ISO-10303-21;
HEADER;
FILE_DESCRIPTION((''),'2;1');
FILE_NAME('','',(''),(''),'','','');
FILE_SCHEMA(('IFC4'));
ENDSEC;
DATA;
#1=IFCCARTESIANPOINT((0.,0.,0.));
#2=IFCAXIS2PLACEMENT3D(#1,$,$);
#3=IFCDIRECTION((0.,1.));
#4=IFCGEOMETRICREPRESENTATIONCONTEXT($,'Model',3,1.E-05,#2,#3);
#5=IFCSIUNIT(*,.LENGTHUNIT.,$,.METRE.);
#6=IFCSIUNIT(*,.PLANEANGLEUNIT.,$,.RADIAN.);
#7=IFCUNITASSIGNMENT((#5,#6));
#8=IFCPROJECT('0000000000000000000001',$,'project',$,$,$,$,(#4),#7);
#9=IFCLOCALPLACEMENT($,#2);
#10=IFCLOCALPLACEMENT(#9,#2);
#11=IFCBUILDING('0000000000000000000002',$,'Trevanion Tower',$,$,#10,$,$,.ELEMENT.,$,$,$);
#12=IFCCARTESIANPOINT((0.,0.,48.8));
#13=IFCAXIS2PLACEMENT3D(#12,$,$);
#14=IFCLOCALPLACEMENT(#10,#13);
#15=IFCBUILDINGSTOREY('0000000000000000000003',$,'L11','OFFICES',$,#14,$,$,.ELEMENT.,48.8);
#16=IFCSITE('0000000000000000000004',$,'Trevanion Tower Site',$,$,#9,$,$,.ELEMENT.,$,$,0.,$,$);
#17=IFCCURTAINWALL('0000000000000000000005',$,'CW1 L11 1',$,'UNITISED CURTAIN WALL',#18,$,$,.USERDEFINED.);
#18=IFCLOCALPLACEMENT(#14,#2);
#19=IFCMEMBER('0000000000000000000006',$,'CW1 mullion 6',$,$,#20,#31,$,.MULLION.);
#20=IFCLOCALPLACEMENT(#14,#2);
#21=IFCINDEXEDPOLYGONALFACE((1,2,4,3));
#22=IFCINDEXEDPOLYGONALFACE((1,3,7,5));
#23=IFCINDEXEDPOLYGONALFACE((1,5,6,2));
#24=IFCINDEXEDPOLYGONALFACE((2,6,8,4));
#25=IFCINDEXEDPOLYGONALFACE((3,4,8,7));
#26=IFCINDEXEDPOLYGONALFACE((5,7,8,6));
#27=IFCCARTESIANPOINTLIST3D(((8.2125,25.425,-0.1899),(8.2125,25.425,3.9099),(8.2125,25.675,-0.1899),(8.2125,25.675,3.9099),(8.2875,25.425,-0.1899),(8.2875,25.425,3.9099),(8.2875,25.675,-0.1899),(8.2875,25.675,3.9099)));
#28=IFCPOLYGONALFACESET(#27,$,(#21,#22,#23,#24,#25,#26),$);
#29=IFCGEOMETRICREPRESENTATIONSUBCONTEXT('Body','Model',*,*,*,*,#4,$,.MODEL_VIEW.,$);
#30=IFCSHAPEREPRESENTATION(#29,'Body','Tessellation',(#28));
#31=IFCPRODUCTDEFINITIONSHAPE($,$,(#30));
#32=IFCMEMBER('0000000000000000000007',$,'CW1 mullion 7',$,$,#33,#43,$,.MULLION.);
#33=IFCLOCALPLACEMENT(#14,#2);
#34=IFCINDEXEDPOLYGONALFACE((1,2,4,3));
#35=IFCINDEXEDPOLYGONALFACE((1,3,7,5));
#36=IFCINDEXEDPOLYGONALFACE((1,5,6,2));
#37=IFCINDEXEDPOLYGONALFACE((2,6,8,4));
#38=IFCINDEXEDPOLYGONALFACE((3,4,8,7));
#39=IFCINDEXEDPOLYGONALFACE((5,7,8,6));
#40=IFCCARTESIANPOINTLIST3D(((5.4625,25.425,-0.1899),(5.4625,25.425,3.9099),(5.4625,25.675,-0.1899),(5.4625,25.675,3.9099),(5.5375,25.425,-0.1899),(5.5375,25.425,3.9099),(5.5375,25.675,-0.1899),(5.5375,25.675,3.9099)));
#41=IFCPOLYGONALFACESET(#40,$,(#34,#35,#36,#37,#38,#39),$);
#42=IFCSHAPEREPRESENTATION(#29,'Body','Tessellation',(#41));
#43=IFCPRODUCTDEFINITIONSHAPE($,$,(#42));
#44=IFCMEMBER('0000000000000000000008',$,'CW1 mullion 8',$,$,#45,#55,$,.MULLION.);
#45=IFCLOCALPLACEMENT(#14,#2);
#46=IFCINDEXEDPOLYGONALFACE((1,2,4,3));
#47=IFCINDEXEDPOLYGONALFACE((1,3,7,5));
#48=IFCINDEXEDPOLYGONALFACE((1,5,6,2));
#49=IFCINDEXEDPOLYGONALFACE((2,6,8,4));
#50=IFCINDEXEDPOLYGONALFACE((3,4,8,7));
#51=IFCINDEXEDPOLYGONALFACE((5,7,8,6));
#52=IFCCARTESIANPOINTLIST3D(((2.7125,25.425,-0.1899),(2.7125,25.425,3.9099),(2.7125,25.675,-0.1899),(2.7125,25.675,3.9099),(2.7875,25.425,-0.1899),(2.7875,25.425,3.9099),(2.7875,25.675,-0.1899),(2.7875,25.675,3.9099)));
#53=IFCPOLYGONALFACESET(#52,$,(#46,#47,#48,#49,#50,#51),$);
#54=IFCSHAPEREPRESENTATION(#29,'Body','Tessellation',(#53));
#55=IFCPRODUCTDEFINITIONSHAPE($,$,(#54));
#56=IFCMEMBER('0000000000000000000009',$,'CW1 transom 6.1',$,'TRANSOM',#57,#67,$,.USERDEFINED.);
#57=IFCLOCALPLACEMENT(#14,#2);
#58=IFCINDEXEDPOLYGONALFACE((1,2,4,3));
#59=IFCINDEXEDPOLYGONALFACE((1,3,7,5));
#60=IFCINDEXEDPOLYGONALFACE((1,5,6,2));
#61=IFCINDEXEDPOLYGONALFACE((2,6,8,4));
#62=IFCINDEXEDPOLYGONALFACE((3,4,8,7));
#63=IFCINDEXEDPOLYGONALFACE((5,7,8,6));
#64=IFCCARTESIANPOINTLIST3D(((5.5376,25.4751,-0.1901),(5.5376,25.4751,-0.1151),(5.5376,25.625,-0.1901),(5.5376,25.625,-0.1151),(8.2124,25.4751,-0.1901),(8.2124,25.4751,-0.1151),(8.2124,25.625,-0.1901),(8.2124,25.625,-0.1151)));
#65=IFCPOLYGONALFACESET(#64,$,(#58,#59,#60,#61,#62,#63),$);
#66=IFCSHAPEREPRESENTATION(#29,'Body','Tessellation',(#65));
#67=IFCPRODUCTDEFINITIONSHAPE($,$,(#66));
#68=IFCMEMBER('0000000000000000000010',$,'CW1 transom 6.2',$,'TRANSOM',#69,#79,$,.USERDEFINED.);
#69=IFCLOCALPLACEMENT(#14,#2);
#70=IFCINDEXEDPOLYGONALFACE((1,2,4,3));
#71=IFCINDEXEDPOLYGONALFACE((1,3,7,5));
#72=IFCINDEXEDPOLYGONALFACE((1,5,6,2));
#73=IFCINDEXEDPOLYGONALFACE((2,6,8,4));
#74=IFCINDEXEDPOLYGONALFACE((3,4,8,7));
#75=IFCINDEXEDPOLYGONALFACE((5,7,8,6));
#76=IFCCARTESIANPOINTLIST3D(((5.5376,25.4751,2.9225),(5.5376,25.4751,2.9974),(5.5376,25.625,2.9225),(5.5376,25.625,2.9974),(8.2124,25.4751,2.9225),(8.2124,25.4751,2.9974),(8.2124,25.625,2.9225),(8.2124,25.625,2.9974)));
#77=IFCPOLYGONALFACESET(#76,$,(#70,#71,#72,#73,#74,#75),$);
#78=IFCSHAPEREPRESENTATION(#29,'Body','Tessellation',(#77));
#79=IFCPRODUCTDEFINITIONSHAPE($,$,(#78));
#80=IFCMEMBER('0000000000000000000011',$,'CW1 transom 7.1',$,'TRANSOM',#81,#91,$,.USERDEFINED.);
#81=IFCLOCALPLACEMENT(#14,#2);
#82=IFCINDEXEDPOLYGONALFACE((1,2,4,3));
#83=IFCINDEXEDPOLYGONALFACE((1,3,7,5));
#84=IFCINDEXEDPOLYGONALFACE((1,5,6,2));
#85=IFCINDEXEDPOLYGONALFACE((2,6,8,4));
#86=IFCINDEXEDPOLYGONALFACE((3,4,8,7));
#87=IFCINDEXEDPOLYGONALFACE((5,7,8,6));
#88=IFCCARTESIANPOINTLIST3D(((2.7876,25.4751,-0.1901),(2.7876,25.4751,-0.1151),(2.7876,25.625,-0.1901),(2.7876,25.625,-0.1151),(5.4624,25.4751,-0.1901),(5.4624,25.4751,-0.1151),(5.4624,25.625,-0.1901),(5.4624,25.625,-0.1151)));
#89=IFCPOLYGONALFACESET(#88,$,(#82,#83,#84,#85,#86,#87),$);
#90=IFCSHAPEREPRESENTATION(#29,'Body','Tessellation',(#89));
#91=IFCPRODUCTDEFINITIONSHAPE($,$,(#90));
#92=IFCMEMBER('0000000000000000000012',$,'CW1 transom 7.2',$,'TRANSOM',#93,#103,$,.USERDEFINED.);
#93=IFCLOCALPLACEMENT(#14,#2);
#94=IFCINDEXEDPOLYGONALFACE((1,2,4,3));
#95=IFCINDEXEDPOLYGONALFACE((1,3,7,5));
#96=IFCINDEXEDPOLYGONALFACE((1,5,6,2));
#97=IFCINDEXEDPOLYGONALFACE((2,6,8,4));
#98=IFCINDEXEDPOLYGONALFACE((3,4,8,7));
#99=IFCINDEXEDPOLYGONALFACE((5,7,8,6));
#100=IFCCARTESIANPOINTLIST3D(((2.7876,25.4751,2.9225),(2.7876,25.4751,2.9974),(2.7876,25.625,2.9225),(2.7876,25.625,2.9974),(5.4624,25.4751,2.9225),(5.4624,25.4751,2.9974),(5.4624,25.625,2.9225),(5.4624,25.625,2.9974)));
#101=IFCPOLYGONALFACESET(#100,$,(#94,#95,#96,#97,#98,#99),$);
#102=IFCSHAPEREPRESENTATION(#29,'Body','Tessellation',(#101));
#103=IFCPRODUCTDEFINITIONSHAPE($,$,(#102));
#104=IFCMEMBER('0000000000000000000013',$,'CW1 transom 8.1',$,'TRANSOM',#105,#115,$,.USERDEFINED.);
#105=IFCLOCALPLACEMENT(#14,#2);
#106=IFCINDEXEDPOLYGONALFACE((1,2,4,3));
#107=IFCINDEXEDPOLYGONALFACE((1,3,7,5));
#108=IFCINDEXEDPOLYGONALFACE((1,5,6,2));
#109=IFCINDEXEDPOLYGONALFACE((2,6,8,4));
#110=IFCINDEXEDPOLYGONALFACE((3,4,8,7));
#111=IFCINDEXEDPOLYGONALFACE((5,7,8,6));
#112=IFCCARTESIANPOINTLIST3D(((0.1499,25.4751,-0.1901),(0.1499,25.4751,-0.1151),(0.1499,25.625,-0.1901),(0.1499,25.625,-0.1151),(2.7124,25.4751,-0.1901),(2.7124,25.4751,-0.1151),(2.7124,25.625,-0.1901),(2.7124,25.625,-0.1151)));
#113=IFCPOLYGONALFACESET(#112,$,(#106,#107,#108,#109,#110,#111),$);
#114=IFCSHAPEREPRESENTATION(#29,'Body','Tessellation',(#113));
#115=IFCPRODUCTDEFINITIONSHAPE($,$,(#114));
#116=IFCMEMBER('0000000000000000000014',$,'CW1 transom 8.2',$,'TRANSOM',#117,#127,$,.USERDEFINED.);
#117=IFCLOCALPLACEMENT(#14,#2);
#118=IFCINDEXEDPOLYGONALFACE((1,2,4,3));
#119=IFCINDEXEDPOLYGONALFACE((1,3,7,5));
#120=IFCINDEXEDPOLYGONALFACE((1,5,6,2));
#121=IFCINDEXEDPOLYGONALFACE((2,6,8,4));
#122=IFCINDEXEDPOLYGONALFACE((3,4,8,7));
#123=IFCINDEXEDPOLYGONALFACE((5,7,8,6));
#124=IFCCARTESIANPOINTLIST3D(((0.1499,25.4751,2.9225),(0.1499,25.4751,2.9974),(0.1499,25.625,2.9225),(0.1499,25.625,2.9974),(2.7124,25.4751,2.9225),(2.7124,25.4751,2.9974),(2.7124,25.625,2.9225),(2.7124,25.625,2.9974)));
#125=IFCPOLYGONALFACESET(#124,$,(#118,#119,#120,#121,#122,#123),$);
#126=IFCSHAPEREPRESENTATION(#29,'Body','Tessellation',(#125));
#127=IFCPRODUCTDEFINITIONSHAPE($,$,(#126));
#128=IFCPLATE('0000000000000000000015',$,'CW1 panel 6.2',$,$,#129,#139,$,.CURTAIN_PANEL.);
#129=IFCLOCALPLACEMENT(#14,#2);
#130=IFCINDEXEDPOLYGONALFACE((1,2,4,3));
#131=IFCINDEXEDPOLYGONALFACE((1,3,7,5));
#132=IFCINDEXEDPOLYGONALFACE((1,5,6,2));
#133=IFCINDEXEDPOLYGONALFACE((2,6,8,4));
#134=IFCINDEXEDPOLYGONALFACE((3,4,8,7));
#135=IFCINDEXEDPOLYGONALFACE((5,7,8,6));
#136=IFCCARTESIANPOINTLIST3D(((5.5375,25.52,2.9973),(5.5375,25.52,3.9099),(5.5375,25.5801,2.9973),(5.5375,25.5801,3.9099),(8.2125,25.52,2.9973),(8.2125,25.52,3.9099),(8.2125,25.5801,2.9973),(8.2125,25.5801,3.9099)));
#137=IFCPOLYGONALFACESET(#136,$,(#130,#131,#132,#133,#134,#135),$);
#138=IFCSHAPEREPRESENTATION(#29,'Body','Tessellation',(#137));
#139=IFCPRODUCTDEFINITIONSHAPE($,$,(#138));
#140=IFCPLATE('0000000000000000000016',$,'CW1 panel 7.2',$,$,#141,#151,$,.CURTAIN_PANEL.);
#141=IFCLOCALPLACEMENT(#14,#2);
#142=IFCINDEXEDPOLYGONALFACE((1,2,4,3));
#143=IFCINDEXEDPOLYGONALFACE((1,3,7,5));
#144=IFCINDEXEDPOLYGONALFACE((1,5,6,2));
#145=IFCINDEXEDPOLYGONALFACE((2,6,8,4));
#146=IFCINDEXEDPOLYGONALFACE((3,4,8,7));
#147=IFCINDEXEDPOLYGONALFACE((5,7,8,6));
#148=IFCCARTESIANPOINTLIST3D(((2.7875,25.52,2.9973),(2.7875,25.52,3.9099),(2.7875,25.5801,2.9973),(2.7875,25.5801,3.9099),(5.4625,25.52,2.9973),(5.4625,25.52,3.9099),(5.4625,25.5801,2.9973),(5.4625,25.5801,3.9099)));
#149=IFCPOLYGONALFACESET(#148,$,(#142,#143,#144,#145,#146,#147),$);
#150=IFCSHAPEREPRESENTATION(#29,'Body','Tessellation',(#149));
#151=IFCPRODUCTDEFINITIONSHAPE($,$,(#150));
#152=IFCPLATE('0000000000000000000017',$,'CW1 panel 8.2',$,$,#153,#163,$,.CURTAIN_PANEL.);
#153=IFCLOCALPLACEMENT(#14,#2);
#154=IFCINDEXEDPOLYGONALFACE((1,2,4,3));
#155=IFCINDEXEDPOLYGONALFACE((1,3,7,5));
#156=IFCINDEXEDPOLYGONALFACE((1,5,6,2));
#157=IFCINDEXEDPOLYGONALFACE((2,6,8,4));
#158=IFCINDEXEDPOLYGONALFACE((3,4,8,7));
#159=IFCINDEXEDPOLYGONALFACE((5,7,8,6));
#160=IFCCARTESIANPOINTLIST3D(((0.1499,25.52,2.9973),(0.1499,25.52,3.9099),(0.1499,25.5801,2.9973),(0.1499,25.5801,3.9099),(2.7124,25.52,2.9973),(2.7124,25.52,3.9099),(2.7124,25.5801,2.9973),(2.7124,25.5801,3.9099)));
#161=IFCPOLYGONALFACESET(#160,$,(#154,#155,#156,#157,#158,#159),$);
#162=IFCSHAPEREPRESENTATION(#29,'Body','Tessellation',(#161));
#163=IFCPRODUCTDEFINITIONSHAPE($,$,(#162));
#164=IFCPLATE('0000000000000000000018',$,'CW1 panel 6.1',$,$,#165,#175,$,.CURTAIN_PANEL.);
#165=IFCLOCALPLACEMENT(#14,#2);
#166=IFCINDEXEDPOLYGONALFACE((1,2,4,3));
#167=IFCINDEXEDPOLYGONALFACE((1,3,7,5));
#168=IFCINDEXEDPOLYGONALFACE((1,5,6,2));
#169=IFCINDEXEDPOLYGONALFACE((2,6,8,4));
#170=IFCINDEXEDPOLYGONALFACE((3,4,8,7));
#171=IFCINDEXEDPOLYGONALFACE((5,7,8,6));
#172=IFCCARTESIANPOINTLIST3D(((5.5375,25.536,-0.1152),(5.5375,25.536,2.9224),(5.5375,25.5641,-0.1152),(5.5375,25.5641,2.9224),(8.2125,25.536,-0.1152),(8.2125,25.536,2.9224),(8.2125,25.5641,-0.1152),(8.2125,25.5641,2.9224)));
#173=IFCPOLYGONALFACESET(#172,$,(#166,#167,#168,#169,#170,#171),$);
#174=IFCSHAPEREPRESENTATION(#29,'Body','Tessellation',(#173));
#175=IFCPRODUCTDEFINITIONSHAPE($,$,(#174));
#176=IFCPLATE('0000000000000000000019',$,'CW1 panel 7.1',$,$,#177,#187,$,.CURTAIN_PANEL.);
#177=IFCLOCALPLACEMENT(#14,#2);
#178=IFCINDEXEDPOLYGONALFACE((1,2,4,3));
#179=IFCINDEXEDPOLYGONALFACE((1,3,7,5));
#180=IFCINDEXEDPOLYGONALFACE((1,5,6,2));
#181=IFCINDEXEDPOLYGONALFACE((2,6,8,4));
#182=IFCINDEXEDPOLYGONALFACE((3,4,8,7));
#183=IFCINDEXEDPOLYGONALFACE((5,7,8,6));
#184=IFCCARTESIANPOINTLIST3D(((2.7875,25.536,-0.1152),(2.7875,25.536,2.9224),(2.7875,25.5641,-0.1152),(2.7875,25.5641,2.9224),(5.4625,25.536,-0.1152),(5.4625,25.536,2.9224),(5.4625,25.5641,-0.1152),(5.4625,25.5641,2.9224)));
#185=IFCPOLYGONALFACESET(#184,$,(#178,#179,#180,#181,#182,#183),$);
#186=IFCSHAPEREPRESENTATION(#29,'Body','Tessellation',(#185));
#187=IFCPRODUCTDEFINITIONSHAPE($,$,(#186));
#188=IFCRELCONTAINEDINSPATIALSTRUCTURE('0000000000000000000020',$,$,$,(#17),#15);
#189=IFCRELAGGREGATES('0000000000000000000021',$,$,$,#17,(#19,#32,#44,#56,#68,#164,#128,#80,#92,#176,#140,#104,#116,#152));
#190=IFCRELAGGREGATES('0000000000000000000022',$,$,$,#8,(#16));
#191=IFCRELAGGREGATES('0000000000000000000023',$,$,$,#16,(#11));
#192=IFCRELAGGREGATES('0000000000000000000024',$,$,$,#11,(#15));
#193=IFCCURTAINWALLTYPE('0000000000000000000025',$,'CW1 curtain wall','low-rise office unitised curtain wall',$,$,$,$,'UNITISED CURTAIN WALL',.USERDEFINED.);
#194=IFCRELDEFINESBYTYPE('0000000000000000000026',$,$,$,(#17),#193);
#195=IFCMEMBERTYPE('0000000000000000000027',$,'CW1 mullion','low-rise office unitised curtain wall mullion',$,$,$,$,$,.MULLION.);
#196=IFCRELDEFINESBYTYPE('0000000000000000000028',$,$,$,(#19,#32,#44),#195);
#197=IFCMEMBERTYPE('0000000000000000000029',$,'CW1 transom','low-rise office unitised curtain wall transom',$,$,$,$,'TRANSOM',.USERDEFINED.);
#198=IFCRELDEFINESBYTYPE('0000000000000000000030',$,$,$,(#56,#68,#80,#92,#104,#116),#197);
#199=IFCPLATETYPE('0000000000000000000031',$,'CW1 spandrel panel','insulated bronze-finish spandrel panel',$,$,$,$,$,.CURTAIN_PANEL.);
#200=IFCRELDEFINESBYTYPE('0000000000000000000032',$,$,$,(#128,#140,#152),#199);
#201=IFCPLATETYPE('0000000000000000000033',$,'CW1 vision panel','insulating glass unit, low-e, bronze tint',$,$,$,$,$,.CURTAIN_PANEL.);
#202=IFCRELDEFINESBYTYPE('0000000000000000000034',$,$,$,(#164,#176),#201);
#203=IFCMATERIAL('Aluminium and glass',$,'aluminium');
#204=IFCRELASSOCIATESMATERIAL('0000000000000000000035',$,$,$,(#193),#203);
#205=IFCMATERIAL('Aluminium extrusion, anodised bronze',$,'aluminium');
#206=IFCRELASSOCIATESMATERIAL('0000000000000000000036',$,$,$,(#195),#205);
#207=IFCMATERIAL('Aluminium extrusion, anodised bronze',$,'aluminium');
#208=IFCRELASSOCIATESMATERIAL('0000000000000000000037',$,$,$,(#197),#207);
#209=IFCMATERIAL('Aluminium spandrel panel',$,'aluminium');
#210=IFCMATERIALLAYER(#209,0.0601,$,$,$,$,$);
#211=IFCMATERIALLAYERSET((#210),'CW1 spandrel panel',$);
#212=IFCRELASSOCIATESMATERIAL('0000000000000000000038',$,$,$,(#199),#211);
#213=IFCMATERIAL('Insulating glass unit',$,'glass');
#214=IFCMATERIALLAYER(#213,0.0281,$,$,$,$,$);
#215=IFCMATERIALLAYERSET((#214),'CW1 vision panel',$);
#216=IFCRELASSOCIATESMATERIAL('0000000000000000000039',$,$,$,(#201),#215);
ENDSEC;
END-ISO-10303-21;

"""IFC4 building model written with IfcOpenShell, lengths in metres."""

from ifc_helpers import new_model, si_unit, direction, frame, origin, origin_2d, place, context, subcontext, project, spatial, rectangle, extrude, material, layer, layer_set, material_profile, profile_set, type_object, element, aggregate, save


model = new_model("IFC4")

# Units and contexts
model_context = context("Model", 3, precision=1e-05, world=origin(), true_north=direction((0.0, 1.0)))
body_context = subcontext(model_context, "Body", "Model", "MODEL_VIEW")
ifc_project = project(units=[si_unit("LENGTHUNIT", "METRE"), si_unit("PLANEANGLEUNIT", "RADIAN")], contexts=[model_context])

# Site, building, storey
site_placement = place(None, origin())
site = spatial("IfcSite", under=ifc_project, at=site_placement, Name="Trevanion Tower Site", CompositionType="ELEMENT", RefElevation=0.0)
building_placement = place(site_placement, origin())
building = spatial("IfcBuilding", under=site, at=building_placement, Name="Trevanion Tower", CompositionType="ELEMENT")
storey_placement = place(building_placement, frame((0.0, 0.0, 48.8)))
storey = spatial("IfcBuildingStorey", under=building, at=storey_placement, Name="L11", Description="OFFICES", CompositionType="ELEMENT", Elevation=48.8)

# Curtain wall, members, plates
ifc_material_1 = material(Name="Aluminium and glass", Category="aluminium")
curtain_wall_type = type_object("IfcCurtainWallType", Name="CW1 curtain wall", Description="low-rise office unitised curtain wall", ElementType="UNITISED CURTAIN WALL", PredefinedType="USERDEFINED", material=ifc_material_1)
curtain_wall_placement = place(storey_placement, origin())
curtain_wall = element("IfcCurtainWall", 1, at=curtain_wall_placement, inside=storey, type_object=curtain_wall_type, Name="CW1 L11 1", ObjectType="UNITISED CURTAIN WALL", PredefinedType="USERDEFINED")
ifc_material_2 = material(Name="Aluminium extrusion, anodised bronze", Category="aluminium")
ifc_material_profile_1 = material_profile(ifc_material_2, rectangle(XDim=0.075, YDim=0.25, at=origin_2d()), Name="CW1 mullion")
ifc_profile_set_1 = profile_set([ifc_material_profile_1], Name="Aluminium extrusion, anodised bronze")
member_type_1 = type_object("IfcMemberType", Name="CW1 mullion", Description="low-rise office unitised curtain wall mullion", PredefinedType="MULLION", material=ifc_profile_set_1)
member_1_placement = place(storey_placement, frame((8.25, 25.55, -0.1899), z_axis=(0.0, 0.0, 1.0), x_axis=(-1.0, 0.0, 0.0)))
member_1 = element("IfcMember", 2, at=member_1_placement, type_object=member_type_1, Name="CW1 mullion 6", PredefinedType="MULLION", context=body_context, shape_type="SweptSolid", body=[
    extrude(rectangle(XDim=0.075, YDim=0.25, at=origin_2d()), origin(), (0.0, 0.0, 1.0), 4.0999),
])
member_2_placement = place(storey_placement, frame((5.5, 25.55, -0.1899), z_axis=(0.0, 0.0, 1.0), x_axis=(-1.0, 0.0, 0.0)))
member_2 = element("IfcMember", 3, at=member_2_placement, type_object=member_type_1, Name="CW1 mullion 7", PredefinedType="MULLION", context=body_context, shape_type="SweptSolid", body=[
    extrude(rectangle(XDim=0.075, YDim=0.25, at=origin_2d()), origin(), (0.0, 0.0, 1.0), 4.0999),
])
member_3_placement = place(storey_placement, frame((2.75, 25.55, -0.1899), z_axis=(0.0, 0.0, 1.0), x_axis=(-1.0, 0.0, 0.0)))
member_3 = element("IfcMember", 4, at=member_3_placement, type_object=member_type_1, Name="CW1 mullion 8", PredefinedType="MULLION", context=body_context, shape_type="SweptSolid", body=[
    extrude(rectangle(XDim=0.075, YDim=0.25, at=origin_2d()), origin(), (0.0, 0.0, 1.0), 4.0999),
])
ifc_material_3 = material(Name="Aluminium extrusion, anodised bronze", Category="aluminium")
ifc_material_profile_2 = material_profile(ifc_material_3, rectangle(XDim=0.1499, YDim=0.075, at=origin_2d()), Name="CW1 transom")
ifc_profile_set_2 = profile_set([ifc_material_profile_2], Name="Aluminium extrusion, anodised bronze")
member_type_2 = type_object("IfcMemberType", Name="CW1 transom", Description="low-rise office unitised curtain wall transom", ElementType="TRANSOM", PredefinedType="USERDEFINED", material=ifc_profile_set_2)
member_4_placement = place(storey_placement, frame((8.2124, 25.55, -0.1526), z_axis=(-1.0, 0.0, 0.0), x_axis=(0.0, -1.0, 0.0)))
member_4 = element("IfcMember", 5, at=member_4_placement, type_object=member_type_2, Name="CW1 transom 6.1", ObjectType="TRANSOM", PredefinedType="USERDEFINED", context=body_context, shape_type="SweptSolid", body=[
    extrude(rectangle(XDim=0.1499, YDim=0.075, at=origin_2d()), origin(), (0.0, 0.0, 1.0), 2.6748),
])
member_5_placement = place(storey_placement, frame((8.2124, 25.55, 2.96), z_axis=(-1.0, 0.0, 0.0), x_axis=(0.0, -1.0, 0.0)))
member_5 = element("IfcMember", 6, at=member_5_placement, type_object=member_type_2, Name="CW1 transom 6.2", ObjectType="TRANSOM", PredefinedType="USERDEFINED", context=body_context, shape_type="SweptSolid", body=[
    extrude(rectangle(XDim=0.1499, YDim=0.075, at=origin_2d()), origin(), (0.0, 0.0, 1.0), 2.6748),
])
member_6_placement = place(storey_placement, frame((5.4624, 25.55, -0.1526), z_axis=(-1.0, 0.0, 0.0), x_axis=(0.0, -1.0, 0.0)))
member_6 = element("IfcMember", 7, at=member_6_placement, type_object=member_type_2, Name="CW1 transom 7.1", ObjectType="TRANSOM", PredefinedType="USERDEFINED", context=body_context, shape_type="SweptSolid", body=[
    extrude(rectangle(XDim=0.1499, YDim=0.075, at=origin_2d()), origin(), (0.0, 0.0, 1.0), 2.6748),
])
member_7_placement = place(storey_placement, frame((5.4624, 25.55, 2.96), z_axis=(-1.0, 0.0, 0.0), x_axis=(0.0, -1.0, 0.0)))
member_7 = element("IfcMember", 8, at=member_7_placement, type_object=member_type_2, Name="CW1 transom 7.2", ObjectType="TRANSOM", PredefinedType="USERDEFINED", context=body_context, shape_type="SweptSolid", body=[
    extrude(rectangle(XDim=0.1499, YDim=0.075, at=origin_2d()), origin(), (0.0, 0.0, 1.0), 2.6748),
])
member_8_placement = place(storey_placement, frame((2.7124, 25.55, -0.1526), z_axis=(-1.0, 0.0, 0.0), x_axis=(0.0, -1.0, 0.0)))
member_8 = element("IfcMember", 9, at=member_8_placement, type_object=member_type_2, Name="CW1 transom 8.1", ObjectType="TRANSOM", PredefinedType="USERDEFINED", context=body_context, shape_type="SweptSolid", body=[
    extrude(rectangle(XDim=0.1499, YDim=0.075, at=origin_2d()), origin(), (0.0, 0.0, 1.0), 2.5625),
])
member_9_placement = place(storey_placement, frame((2.7124, 25.55, 2.96), z_axis=(-1.0, 0.0, 0.0), x_axis=(0.0, -1.0, 0.0)))
member_9 = element("IfcMember", 10, at=member_9_placement, type_object=member_type_2, Name="CW1 transom 8.2", ObjectType="TRANSOM", PredefinedType="USERDEFINED", context=body_context, shape_type="SweptSolid", body=[
    extrude(rectangle(XDim=0.1499, YDim=0.075, at=origin_2d()), origin(), (0.0, 0.0, 1.0), 2.5625),
])
ifc_material_4 = material(Name="Aluminium spandrel panel", Category="aluminium")
ifc_layer_1 = layer(ifc_material_4, 0.0601)
ifc_layer_set_1 = layer_set([ifc_layer_1], Name="CW1 spandrel panel")
plate_type_1 = type_object("IfcPlateType", Name="CW1 spandrel panel", Description="insulated bronze-finish spandrel panel", PredefinedType="CURTAIN_PANEL", material=ifc_layer_set_1)
plate_1_placement = place(storey_placement, frame((6.875, 25.55, 2.9973), z_axis=(0.0, 0.0, 1.0), x_axis=(-1.0, 0.0, 0.0)))
plate_1 = element("IfcPlate", 11, at=plate_1_placement, type_object=plate_type_1, Name="CW1 panel 6.2", PredefinedType="CURTAIN_PANEL", context=body_context, shape_type="SweptSolid", body=[
    extrude(rectangle(XDim=2.675, YDim=0.0601, at=origin_2d()), origin(), (0.0, 0.0, 1.0), 0.9126),
])
plate_2_placement = place(storey_placement, frame((4.125, 25.55, 2.9973), z_axis=(0.0, 0.0, 1.0), x_axis=(-1.0, 0.0, 0.0)))
plate_2 = element("IfcPlate", 12, at=plate_2_placement, type_object=plate_type_1, Name="CW1 panel 7.2", PredefinedType="CURTAIN_PANEL", context=body_context, shape_type="SweptSolid", body=[
    extrude(rectangle(XDim=2.675, YDim=0.0601, at=origin_2d()), origin(), (0.0, 0.0, 1.0), 0.9126),
])
plate_3_placement = place(storey_placement, frame((1.4312, 25.55, 2.9973), z_axis=(0.0, 0.0, 1.0), x_axis=(-1.0, 0.0, 0.0)))
plate_3 = element("IfcPlate", 13, at=plate_3_placement, type_object=plate_type_1, Name="CW1 panel 8.2", PredefinedType="CURTAIN_PANEL", context=body_context, shape_type="SweptSolid", body=[
    extrude(rectangle(XDim=2.5625, YDim=0.0601, at=origin_2d()), origin(), (0.0, 0.0, 1.0), 0.9126),
])
ifc_material_5 = material(Name="Insulating glass unit", Category="glass")
ifc_layer_2 = layer(ifc_material_5, 0.0281)
ifc_layer_set_2 = layer_set([ifc_layer_2], Name="CW1 vision panel")
plate_type_2 = type_object("IfcPlateType", Name="CW1 vision panel", Description="insulating glass unit, low-e, bronze tint", PredefinedType="CURTAIN_PANEL", material=ifc_layer_set_2)
plate_4_placement = place(storey_placement, frame((6.875, 25.55, -0.1152), z_axis=(0.0, 0.0, 1.0), x_axis=(-1.0, 0.0, 0.0)))
plate_4 = element("IfcPlate", 14, at=plate_4_placement, type_object=plate_type_2, Name="CW1 panel 6.1", PredefinedType="CURTAIN_PANEL", context=body_context, shape_type="SweptSolid", body=[
    extrude(rectangle(XDim=2.675, YDim=0.0281, at=origin_2d()), origin(), (0.0, 0.0, 1.0), 3.0376),
])
plate_5_placement = place(storey_placement, frame((4.125, 25.55, -0.1152), z_axis=(0.0, 0.0, 1.0), x_axis=(-1.0, 0.0, 0.0)))
plate_5 = element("IfcPlate", 15, at=plate_5_placement, type_object=plate_type_2, Name="CW1 panel 7.1", PredefinedType="CURTAIN_PANEL", context=body_context, shape_type="SweptSolid", body=[
    extrude(rectangle(XDim=2.675, YDim=0.0281, at=origin_2d()), origin(), (0.0, 0.0, 1.0), 3.0376),
])
aggregate(curtain_wall, [member_1, member_2, member_3, member_4, member_5, plate_4, plate_1, member_6, member_7, plate_5, plate_2, member_8, member_9, plate_3])

save(model, "model.ifc")
